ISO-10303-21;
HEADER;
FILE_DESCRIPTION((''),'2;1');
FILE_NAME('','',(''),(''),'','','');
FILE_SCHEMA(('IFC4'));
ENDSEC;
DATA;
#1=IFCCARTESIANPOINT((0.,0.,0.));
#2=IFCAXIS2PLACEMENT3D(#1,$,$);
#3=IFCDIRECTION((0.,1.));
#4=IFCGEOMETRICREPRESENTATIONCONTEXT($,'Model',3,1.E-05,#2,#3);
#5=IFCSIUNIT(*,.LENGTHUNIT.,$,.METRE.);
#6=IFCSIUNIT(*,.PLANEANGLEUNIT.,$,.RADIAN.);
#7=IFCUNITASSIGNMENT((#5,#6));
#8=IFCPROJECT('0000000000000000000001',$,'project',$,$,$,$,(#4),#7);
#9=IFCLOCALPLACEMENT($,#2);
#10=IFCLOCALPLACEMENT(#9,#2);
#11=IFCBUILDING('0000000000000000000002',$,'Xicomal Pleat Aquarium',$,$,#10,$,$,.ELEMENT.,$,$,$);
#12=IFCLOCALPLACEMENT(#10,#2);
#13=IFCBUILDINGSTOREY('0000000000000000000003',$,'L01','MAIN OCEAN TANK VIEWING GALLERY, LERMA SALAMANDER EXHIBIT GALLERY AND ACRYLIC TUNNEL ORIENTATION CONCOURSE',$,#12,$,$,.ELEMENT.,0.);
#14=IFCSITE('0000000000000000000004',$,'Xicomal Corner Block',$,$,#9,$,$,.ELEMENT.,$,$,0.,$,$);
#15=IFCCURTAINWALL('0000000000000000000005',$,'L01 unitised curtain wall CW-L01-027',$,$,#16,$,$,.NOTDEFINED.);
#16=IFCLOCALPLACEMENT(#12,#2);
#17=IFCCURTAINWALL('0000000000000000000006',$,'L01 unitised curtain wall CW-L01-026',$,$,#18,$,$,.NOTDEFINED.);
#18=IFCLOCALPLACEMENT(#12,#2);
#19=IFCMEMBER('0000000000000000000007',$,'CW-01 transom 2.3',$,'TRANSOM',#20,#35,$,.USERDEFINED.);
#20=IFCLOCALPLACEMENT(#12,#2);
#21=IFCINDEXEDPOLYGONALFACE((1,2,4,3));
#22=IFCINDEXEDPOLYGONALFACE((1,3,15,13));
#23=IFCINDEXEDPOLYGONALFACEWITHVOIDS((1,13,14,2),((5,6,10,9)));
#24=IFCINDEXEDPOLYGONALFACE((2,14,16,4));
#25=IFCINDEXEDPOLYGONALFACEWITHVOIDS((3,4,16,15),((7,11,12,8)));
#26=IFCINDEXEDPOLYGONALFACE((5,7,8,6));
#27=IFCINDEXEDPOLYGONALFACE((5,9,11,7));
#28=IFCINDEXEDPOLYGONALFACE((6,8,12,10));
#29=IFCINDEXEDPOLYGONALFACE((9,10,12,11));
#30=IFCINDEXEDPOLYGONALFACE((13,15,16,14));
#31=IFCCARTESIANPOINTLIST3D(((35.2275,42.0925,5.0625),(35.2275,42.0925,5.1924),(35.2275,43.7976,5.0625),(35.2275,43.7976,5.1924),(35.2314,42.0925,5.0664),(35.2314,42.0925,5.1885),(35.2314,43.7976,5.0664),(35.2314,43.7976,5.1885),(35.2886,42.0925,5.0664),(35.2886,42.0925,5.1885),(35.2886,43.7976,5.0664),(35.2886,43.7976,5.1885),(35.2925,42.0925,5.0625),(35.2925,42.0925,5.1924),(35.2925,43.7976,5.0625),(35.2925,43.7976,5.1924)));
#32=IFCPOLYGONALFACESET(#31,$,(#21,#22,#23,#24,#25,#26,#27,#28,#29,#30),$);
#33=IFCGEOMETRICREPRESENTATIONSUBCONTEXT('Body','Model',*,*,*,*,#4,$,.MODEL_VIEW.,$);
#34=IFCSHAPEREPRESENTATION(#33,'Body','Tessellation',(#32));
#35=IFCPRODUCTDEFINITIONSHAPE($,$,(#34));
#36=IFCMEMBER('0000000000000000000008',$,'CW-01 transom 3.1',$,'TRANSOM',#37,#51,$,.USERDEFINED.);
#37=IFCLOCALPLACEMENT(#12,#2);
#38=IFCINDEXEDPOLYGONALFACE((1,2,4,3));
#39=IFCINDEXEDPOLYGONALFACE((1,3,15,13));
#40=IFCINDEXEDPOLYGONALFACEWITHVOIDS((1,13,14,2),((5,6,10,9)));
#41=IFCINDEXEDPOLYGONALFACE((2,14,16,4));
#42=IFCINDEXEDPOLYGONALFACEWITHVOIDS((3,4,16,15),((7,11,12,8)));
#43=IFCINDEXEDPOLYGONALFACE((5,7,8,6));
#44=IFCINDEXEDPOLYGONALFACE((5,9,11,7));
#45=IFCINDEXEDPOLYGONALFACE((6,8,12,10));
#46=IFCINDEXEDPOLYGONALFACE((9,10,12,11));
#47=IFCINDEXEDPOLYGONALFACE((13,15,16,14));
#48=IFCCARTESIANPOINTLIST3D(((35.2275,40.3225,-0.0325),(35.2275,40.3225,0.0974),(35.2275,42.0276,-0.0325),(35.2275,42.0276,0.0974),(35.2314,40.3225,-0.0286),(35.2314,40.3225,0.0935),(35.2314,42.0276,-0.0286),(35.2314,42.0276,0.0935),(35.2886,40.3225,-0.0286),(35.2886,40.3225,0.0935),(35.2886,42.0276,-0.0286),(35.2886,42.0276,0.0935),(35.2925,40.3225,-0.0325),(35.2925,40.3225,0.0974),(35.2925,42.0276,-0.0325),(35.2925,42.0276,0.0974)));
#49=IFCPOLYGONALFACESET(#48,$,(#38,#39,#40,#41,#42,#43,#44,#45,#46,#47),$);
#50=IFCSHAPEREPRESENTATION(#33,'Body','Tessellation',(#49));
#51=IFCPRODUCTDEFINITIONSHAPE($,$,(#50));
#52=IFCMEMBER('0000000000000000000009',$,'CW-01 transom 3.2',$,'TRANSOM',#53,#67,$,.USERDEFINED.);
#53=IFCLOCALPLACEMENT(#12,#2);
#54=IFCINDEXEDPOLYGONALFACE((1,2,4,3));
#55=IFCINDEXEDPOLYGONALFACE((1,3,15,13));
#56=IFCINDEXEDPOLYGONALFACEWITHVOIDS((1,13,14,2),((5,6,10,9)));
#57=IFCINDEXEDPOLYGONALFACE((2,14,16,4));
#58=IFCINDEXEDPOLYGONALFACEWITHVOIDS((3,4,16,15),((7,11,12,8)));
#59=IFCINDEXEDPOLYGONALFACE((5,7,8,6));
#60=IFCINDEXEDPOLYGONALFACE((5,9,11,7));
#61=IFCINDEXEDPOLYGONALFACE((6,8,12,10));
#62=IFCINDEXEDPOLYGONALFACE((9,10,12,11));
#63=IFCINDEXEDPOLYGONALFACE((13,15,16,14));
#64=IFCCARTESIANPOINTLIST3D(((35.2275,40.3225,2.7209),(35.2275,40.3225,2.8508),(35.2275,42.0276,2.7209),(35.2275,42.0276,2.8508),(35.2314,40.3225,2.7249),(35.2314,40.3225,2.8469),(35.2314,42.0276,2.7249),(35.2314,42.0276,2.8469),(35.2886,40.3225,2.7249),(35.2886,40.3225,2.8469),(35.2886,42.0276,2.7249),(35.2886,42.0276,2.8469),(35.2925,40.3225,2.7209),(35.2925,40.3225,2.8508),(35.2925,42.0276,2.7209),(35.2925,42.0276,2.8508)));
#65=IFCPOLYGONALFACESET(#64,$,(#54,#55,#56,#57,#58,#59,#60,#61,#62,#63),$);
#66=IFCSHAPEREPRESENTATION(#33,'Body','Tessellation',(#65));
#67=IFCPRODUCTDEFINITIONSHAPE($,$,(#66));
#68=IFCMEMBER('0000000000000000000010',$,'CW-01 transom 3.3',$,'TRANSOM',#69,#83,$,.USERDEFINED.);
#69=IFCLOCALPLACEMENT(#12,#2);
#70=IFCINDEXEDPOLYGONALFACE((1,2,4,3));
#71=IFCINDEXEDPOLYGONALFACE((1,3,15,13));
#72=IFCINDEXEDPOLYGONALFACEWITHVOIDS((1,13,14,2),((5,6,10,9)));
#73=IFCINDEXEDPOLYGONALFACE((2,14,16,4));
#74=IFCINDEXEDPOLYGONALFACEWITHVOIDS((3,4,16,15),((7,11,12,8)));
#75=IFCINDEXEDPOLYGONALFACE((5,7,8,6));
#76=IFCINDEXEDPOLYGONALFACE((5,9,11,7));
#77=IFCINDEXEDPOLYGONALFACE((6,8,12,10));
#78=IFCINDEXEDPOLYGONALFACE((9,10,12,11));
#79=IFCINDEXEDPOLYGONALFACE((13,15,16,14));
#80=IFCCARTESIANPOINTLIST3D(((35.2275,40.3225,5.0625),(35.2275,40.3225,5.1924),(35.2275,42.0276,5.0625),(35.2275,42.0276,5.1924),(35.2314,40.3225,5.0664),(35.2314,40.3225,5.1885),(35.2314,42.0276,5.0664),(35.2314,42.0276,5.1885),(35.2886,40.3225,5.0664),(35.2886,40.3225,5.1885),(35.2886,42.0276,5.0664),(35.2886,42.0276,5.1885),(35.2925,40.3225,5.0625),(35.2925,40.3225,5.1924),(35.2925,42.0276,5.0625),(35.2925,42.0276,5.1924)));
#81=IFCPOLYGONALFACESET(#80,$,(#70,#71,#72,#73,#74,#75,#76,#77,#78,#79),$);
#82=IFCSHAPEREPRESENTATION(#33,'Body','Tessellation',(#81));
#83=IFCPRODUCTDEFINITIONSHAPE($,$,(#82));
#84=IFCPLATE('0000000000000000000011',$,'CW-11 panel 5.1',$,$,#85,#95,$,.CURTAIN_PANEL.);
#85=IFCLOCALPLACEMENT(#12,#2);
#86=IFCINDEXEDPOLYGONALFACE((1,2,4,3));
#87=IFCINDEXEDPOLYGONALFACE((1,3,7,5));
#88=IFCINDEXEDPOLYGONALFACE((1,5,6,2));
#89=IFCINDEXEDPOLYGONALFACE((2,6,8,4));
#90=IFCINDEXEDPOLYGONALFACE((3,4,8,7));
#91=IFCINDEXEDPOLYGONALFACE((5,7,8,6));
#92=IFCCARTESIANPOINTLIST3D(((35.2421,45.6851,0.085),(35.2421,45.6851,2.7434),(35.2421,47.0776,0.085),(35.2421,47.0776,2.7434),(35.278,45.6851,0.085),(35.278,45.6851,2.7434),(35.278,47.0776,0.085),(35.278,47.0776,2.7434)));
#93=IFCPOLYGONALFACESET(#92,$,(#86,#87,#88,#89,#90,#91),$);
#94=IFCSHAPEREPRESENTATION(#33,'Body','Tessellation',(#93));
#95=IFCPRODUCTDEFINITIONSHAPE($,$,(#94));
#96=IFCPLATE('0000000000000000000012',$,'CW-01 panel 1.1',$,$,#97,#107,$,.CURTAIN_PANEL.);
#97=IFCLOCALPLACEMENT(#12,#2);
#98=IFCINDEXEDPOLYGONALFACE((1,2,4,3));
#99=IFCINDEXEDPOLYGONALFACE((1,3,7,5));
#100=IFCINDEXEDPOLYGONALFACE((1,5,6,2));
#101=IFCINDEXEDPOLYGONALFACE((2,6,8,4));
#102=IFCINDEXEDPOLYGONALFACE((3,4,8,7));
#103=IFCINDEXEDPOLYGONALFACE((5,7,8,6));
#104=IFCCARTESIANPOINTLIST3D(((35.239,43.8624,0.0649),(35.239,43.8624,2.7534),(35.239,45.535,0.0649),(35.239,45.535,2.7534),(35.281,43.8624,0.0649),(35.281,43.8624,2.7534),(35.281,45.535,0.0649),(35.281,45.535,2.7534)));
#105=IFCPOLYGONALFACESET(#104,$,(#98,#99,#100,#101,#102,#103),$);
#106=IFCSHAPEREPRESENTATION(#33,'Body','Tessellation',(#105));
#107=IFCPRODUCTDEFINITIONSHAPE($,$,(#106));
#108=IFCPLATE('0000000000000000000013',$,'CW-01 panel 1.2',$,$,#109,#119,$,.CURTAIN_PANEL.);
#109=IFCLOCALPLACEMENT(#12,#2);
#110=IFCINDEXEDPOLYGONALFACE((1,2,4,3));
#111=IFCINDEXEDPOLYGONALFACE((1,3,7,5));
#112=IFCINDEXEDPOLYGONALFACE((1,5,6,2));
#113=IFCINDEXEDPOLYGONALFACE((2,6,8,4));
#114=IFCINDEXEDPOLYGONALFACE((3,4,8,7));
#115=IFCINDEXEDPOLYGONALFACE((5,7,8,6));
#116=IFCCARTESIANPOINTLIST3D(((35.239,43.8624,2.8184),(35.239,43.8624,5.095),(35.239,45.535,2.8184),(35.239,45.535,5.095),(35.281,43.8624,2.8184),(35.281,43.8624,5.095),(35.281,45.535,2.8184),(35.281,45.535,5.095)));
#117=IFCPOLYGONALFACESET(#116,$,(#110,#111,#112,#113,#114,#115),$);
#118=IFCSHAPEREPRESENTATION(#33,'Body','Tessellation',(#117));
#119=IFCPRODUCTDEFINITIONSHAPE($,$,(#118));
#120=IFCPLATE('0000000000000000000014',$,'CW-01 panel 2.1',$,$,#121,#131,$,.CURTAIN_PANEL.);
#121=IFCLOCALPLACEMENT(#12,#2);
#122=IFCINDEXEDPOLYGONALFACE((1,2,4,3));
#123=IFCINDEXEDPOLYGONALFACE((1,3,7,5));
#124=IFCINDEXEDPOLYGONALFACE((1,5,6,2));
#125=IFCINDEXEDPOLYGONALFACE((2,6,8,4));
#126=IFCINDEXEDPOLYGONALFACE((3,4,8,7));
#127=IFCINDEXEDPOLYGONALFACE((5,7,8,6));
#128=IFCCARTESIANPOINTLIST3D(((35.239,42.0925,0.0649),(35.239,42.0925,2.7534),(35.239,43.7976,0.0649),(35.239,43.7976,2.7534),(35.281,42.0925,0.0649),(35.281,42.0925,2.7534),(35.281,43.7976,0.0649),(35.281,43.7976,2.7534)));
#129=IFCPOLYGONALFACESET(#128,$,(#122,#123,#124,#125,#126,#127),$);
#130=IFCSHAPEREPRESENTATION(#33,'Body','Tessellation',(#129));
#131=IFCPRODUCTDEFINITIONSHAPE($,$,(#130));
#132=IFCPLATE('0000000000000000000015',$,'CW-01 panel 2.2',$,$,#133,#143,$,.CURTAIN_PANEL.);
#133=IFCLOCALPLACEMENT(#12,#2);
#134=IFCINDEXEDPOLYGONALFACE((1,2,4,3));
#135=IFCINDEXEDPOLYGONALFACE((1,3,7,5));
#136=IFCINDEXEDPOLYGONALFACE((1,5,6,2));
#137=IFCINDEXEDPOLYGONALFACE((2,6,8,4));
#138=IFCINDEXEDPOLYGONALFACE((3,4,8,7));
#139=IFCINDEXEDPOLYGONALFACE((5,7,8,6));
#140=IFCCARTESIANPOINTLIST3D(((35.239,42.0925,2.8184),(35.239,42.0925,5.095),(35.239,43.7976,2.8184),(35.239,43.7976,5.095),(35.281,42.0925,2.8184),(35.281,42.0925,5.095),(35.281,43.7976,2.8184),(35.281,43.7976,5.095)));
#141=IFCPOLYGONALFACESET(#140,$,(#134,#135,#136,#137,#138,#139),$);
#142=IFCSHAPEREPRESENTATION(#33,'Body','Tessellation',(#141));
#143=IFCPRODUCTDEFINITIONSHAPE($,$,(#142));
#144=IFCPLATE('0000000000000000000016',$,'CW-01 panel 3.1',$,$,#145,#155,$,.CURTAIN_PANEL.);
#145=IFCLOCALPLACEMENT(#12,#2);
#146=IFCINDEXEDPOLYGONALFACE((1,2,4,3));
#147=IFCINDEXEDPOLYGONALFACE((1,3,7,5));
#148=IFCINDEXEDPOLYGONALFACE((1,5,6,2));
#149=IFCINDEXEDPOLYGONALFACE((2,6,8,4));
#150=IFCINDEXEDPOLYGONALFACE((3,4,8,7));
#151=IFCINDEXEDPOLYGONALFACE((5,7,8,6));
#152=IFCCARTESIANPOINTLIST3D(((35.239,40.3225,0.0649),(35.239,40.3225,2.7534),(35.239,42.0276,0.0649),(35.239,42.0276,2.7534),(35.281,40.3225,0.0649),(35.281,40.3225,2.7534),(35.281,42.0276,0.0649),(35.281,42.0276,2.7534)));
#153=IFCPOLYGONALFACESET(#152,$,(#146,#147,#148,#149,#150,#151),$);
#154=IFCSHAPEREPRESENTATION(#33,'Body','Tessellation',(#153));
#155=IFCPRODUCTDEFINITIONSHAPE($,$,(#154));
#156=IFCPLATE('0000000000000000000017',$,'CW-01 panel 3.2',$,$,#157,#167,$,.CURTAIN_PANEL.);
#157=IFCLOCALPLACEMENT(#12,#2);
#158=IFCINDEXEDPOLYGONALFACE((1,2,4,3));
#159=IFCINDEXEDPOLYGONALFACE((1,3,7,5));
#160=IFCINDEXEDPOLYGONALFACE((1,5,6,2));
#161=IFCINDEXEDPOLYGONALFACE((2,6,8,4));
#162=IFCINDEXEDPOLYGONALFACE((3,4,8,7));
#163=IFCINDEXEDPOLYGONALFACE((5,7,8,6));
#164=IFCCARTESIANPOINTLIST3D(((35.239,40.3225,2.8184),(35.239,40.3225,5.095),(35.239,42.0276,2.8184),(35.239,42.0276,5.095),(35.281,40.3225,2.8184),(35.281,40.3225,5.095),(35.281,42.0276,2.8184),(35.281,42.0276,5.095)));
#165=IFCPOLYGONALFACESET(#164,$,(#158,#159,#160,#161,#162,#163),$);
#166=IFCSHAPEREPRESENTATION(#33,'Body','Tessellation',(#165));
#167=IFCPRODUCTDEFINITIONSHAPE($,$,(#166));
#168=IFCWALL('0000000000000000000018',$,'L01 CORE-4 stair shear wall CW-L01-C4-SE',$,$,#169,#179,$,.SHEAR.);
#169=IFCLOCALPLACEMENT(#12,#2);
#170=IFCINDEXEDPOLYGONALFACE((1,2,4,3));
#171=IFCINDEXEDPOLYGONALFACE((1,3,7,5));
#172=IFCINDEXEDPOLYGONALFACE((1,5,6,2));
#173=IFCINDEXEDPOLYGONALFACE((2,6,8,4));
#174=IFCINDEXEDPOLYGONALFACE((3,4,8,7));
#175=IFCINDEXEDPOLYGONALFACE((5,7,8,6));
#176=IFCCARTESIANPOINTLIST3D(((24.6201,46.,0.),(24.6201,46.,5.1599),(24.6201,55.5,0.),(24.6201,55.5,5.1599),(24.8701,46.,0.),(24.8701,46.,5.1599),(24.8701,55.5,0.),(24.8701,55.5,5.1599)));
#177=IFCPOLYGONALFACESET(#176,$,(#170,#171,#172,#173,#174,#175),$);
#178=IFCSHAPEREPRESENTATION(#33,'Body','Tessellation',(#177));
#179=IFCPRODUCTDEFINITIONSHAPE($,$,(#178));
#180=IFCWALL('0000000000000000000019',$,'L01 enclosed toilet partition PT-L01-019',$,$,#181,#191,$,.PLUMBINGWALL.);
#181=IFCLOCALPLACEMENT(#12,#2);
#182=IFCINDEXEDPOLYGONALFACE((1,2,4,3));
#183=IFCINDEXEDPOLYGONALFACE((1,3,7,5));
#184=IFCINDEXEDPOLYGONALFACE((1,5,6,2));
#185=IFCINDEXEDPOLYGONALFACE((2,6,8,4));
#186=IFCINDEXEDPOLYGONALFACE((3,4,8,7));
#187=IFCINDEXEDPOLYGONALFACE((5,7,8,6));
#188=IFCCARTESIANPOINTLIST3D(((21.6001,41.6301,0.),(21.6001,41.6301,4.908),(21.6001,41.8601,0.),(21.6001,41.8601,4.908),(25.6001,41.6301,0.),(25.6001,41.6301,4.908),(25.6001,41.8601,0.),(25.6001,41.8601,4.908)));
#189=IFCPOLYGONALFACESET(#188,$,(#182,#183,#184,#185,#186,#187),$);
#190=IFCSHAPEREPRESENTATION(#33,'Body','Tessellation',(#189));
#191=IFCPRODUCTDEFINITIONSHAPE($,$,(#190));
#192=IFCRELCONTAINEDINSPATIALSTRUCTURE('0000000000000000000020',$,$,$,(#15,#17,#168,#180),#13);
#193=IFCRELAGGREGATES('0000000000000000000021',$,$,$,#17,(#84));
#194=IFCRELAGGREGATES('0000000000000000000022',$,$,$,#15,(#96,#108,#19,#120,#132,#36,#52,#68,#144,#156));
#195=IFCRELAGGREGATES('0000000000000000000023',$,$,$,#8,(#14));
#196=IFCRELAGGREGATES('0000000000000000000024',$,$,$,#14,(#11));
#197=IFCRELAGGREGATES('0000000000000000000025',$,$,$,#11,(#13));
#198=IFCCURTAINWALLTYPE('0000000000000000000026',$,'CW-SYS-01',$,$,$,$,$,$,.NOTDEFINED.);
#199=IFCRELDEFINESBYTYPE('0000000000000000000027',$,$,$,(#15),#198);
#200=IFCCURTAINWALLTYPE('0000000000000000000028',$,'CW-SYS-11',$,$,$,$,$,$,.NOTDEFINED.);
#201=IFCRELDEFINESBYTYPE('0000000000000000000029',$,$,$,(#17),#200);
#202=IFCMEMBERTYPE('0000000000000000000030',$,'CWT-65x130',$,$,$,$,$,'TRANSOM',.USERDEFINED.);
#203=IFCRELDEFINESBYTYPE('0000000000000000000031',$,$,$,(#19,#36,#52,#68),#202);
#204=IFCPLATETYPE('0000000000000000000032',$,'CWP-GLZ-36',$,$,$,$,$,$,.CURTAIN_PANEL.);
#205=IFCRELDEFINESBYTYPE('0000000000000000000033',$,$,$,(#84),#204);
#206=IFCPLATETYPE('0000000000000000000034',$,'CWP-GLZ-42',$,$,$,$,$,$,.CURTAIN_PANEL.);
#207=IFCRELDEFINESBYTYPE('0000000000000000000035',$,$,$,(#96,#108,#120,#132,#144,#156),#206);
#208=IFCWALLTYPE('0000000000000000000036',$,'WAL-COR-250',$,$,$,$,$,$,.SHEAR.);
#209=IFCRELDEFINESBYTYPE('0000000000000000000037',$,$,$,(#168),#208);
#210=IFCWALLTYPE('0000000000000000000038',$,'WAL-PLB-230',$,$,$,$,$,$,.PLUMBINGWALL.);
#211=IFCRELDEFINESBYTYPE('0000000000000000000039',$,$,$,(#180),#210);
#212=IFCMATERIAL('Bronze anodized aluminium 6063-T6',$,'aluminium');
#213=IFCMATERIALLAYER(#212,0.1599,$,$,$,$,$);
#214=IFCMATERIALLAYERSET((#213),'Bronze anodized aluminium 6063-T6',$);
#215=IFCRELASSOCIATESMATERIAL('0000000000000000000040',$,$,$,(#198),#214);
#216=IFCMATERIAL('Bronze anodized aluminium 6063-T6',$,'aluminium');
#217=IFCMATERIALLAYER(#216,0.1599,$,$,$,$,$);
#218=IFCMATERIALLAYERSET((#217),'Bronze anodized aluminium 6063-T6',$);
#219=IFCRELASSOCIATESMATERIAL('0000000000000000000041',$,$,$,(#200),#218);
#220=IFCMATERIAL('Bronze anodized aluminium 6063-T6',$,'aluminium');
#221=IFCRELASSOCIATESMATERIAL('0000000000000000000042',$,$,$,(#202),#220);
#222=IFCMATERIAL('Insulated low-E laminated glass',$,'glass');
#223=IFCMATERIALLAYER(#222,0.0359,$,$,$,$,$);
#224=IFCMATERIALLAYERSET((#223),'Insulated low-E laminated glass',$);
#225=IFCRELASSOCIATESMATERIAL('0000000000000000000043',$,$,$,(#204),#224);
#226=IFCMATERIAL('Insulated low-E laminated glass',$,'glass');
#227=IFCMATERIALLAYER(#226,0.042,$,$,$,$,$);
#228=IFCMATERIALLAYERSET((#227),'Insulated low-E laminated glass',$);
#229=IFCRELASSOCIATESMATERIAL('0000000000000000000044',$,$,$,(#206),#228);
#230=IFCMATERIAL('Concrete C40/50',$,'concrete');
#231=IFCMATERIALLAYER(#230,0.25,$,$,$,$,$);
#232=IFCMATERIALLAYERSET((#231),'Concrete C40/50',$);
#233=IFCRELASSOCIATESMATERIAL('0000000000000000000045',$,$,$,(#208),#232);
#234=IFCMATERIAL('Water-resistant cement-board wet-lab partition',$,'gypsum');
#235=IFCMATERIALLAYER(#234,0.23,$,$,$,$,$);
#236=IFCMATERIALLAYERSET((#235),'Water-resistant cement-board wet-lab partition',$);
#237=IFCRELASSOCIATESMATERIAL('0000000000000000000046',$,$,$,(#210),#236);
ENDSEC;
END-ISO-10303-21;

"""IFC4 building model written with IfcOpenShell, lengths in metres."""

from ifc_helpers import new_model, si_unit, direction, frame, frame_2d, origin, origin_2d, place, context, subcontext, project, spatial, rectangle, hollow_rectangle, extrude, material, layer, layer_set, material_profile, profile_set, type_object, element, aggregate, save


model = new_model("IFC4")

# Units and contexts
model_context = context("Model", 3, precision=1e-05, world=origin(), true_north=direction((0.0, 1.0)))
body_context = subcontext(model_context, "Body", "Model", "MODEL_VIEW")
ifc_project = project(units=[si_unit("LENGTHUNIT", "METRE"), si_unit("PLANEANGLEUNIT", "RADIAN")], contexts=[model_context])

# Site, building, storey
site_placement = place(None, origin())
site = spatial("IfcSite", under=ifc_project, at=site_placement, Name="Xicomal Corner Block", CompositionType="ELEMENT", RefElevation=0.0)
building_placement = place(site_placement, origin())
building = spatial("IfcBuilding", under=site, at=building_placement, Name="Xicomal Pleat Aquarium", CompositionType="ELEMENT")
storey_placement = place(building_placement, origin())
storey = spatial("IfcBuildingStorey", under=building, at=storey_placement, Name="L01", Description="MAIN OCEAN TANK VIEWING GALLERY, LERMA SALAMANDER EXHIBIT GALLERY AND ACRYLIC TUNNEL ORIENTATION CONCOURSE", CompositionType="ELEMENT", Elevation=0.0)

# Curtain wall
ifc_material_1 = material(Name="Bronze anodized aluminium 6063-T6", Category="aluminium")
ifc_layer_1 = layer(ifc_material_1, 0.1599)
ifc_layer_set_1 = layer_set([ifc_layer_1], Name="Bronze anodized aluminium 6063-T6")
curtain_wall_type_1 = type_object("IfcCurtainWallType", Name="CW-SYS-01", PredefinedType="NOTDEFINED", material=ifc_layer_set_1)
curtain_wall_1_placement = place(storey_placement, origin())
curtain_wall_1 = element("IfcCurtainWall", 1, at=curtain_wall_1_placement, inside=storey, type_object=curtain_wall_type_1, Name="L01 unitised curtain wall CW-L01-027", PredefinedType="NOTDEFINED")

# Curtain wall
ifc_material_2 = material(Name="Bronze anodized aluminium 6063-T6", Category="aluminium")
ifc_layer_2 = layer(ifc_material_2, 0.1599)
ifc_layer_set_2 = layer_set([ifc_layer_2], Name="Bronze anodized aluminium 6063-T6")
curtain_wall_type_2 = type_object("IfcCurtainWallType", Name="CW-SYS-11", PredefinedType="NOTDEFINED", material=ifc_layer_set_2)
curtain_wall_2_placement = place(storey_placement, origin())
curtain_wall_2 = element("IfcCurtainWall", 2, at=curtain_wall_2_placement, inside=storey, type_object=curtain_wall_type_2, Name="L01 unitised curtain wall CW-L01-026", PredefinedType="NOTDEFINED")

# Members
ifc_material_3 = material(Name="Bronze anodized aluminium 6063-T6", Category="aluminium")
ifc_material_profile_1 = material_profile(ifc_material_3, hollow_rectangle(XDim=0.0649, YDim=0.1299, WallThickness=0.0039, at=origin_2d()), Name="ALU TRAN 65x130")
ifc_profile_set_1 = profile_set([ifc_material_profile_1], Name="Bronze anodized aluminium 6063-T6")
member_type_1 = type_object("IfcMemberType", Name="CWT-65x130", ElementType="TRANSOM", PredefinedType="USERDEFINED", material=ifc_profile_set_1)
member_1_placement = place(storey_placement, frame((35.26, 43.7976, 5.1274), z_axis=(0.0, -1.0, 0.0), x_axis=(1.0, 0.0, 0.0)))
member_1 = element("IfcMember", 3, at=member_1_placement, type_object=member_type_1, Name="CW-01 transom 2.3", ObjectType="TRANSOM", PredefinedType="USERDEFINED", context=body_context, shape_type="SweptSolid", body=[
    extrude(hollow_rectangle(XDim=0.0649, YDim=0.1299, WallThickness=0.0039, at=origin_2d()), origin(), (0.0, 0.0, 1.0), 1.7051),
])
member_2_placement = place(storey_placement, frame((35.26, 42.0276, 0.0325), z_axis=(0.0, -1.0, 0.0), x_axis=(1.0, 0.0, 0.0)))
member_2 = element("IfcMember", 4, at=member_2_placement, type_object=member_type_1, Name="CW-01 transom 3.1", ObjectType="TRANSOM", PredefinedType="USERDEFINED", context=body_context, shape_type="SweptSolid", body=[
    extrude(hollow_rectangle(XDim=0.0649, YDim=0.1299, WallThickness=0.0039, at=origin_2d()), origin(), (0.0, 0.0, 1.0), 1.7051),
])
member_3_placement = place(storey_placement, frame((35.26, 42.0276, 2.7859), z_axis=(0.0, -1.0, 0.0), x_axis=(1.0, 0.0, 0.0)))
member_3 = element("IfcMember", 5, at=member_3_placement, type_object=member_type_1, Name="CW-01 transom 3.2", ObjectType="TRANSOM", PredefinedType="USERDEFINED", context=body_context, shape_type="SweptSolid", body=[
    extrude(hollow_rectangle(XDim=0.0649, YDim=0.1299, WallThickness=0.0039, at=origin_2d()), origin(), (0.0, 0.0, 1.0), 1.7051),
])
member_4_placement = place(storey_placement, frame((35.26, 42.0276, 5.1274), z_axis=(0.0, -1.0, 0.0), x_axis=(1.0, 0.0, 0.0)))
member_4 = element("IfcMember", 6, at=member_4_placement, type_object=member_type_1, Name="CW-01 transom 3.3", ObjectType="TRANSOM", PredefinedType="USERDEFINED", context=body_context, shape_type="SweptSolid", body=[
    extrude(hollow_rectangle(XDim=0.0649, YDim=0.1299, WallThickness=0.0039, at=origin_2d()), origin(), (0.0, 0.0, 1.0), 1.7051),
])

# Plates
ifc_material_4 = material(Name="Insulated low-E laminated glass", Category="glass")
ifc_layer_3 = layer(ifc_material_4, 0.0359)
ifc_layer_set_3 = layer_set([ifc_layer_3], Name="Insulated low-E laminated glass")
plate_type_1 = type_object("IfcPlateType", Name="CWP-GLZ-36", PredefinedType="CURTAIN_PANEL", material=ifc_layer_set_3)
plate_1_placement = place(storey_placement, frame((35.26, 46.3813, 0.085), z_axis=(0.0, 0.0, 1.0), x_axis=(0.0, -1.0, 0.0)))
plate_1 = element("IfcPlate", 7, at=plate_1_placement, type_object=plate_type_1, Name="CW-11 panel 5.1", PredefinedType="CURTAIN_PANEL", context=body_context, shape_type="SweptSolid", body=[
    extrude(rectangle(XDim=1.3926, YDim=0.0359, at=origin_2d()), origin(), (0.0, 0.0, 1.0), 2.6584),
])
aggregate(curtain_wall_2, [plate_1])
ifc_material_5 = material(Name="Insulated low-E laminated glass", Category="glass")
ifc_layer_4 = layer(ifc_material_5, 0.042)
ifc_layer_set_4 = layer_set([ifc_layer_4], Name="Insulated low-E laminated glass")
plate_type_2 = type_object("IfcPlateType", Name="CWP-GLZ-42", PredefinedType="CURTAIN_PANEL", material=ifc_layer_set_4)
plate_2_placement = place(storey_placement, frame((35.26, 44.6987, 0.0649), z_axis=(0.0, 0.0, 1.0), x_axis=(0.0, -1.0, 0.0)))
plate_2 = element("IfcPlate", 8, at=plate_2_placement, type_object=plate_type_2, Name="CW-01 panel 1.1", PredefinedType="CURTAIN_PANEL", context=body_context, shape_type="SweptSolid", body=[
    extrude(rectangle(XDim=1.6726, YDim=0.042, at=origin_2d()), origin(), (0.0, 0.0, 1.0), 2.6885),
])
plate_3_placement = place(storey_placement, frame((35.26, 44.6987, 2.8184), z_axis=(0.0, 0.0, 1.0), x_axis=(0.0, -1.0, 0.0)))
plate_3 = element("IfcPlate", 9, at=plate_3_placement, type_object=plate_type_2, Name="CW-01 panel 1.2", PredefinedType="CURTAIN_PANEL", context=body_context, shape_type="SweptSolid", body=[
    extrude(rectangle(XDim=1.6726, YDim=0.042, at=origin_2d()), origin(), (0.0, 0.0, 1.0), 2.2766),
])
plate_4_placement = place(storey_placement, frame((35.26, 42.9451, 0.0649), z_axis=(0.0, 0.0, 1.0), x_axis=(0.0, -1.0, 0.0)))
plate_4 = element("IfcPlate", 10, at=plate_4_placement, type_object=plate_type_2, Name="CW-01 panel 2.1", PredefinedType="CURTAIN_PANEL", context=body_context, shape_type="SweptSolid", body=[
    extrude(rectangle(XDim=1.7051, YDim=0.042, at=origin_2d()), origin(), (0.0, 0.0, 1.0), 2.6885),
])
plate_5_placement = place(storey_placement, frame((35.26, 42.9451, 2.8184), z_axis=(0.0, 0.0, 1.0), x_axis=(0.0, -1.0, 0.0)))
plate_5 = element("IfcPlate", 11, at=plate_5_placement, type_object=plate_type_2, Name="CW-01 panel 2.2", PredefinedType="CURTAIN_PANEL", context=body_context, shape_type="SweptSolid", body=[
    extrude(rectangle(XDim=1.7051, YDim=0.042, at=origin_2d()), origin(), (0.0, 0.0, 1.0), 2.2766),
])
plate_6_placement = place(storey_placement, frame((35.26, 41.175, 0.0649), z_axis=(0.0, 0.0, 1.0), x_axis=(0.0, -1.0, 0.0)))
plate_6 = element("IfcPlate", 12, at=plate_6_placement, type_object=plate_type_2, Name="CW-01 panel 3.1", PredefinedType="CURTAIN_PANEL", context=body_context, shape_type="SweptSolid", body=[
    extrude(rectangle(XDim=1.7051, YDim=0.042, at=origin_2d()), origin(), (0.0, 0.0, 1.0), 2.6885),
])
plate_7_placement = place(storey_placement, frame((35.26, 41.175, 2.8184), z_axis=(0.0, 0.0, 1.0), x_axis=(0.0, -1.0, 0.0)))
plate_7 = element("IfcPlate", 13, at=plate_7_placement, type_object=plate_type_2, Name="CW-01 panel 3.2", PredefinedType="CURTAIN_PANEL", context=body_context, shape_type="SweptSolid", body=[
    extrude(rectangle(XDim=1.7051, YDim=0.042, at=origin_2d()), origin(), (0.0, 0.0, 1.0), 2.2766),
])
aggregate(curtain_wall_1, [plate_2, plate_3, member_1, plate_4, plate_5, member_2, member_3, member_4, plate_6, plate_7])

# Walls
ifc_material_6 = material(Name="Concrete C40/50", Category="concrete")
ifc_layer_5 = layer(ifc_material_6, 0.25)
ifc_layer_set_5 = layer_set([ifc_layer_5], Name="Concrete C40/50")
wall_type_1 = type_object("IfcWallType", Name="WAL-COR-250", PredefinedType="SHEAR", material=ifc_layer_set_5)
wall_1_placement = place(storey_placement, frame((24.7451, 46.0, 0.0), z_axis=(0.0, 0.0, 1.0), x_axis=(0.0, 1.0, 0.0)))
element("IfcWall", 14, at=wall_1_placement, inside=storey, type_object=wall_type_1, Name="L01 CORE-4 stair shear wall CW-L01-C4-SE", PredefinedType="SHEAR", context=body_context, shape_type="SweptSolid", body=[
    extrude(rectangle(XDim=9.5, YDim=0.25, at=frame_2d((4.75, 0.0))), origin(), (0.0, 0.0, 1.0), 5.1599),
])
ifc_material_7 = material(Name="Water-resistant cement-board wet-lab partition", Category="gypsum")
ifc_layer_6 = layer(ifc_material_7, 0.23)
ifc_layer_set_6 = layer_set([ifc_layer_6], Name="Water-resistant cement-board wet-lab partition")
wall_type_2 = type_object("IfcWallType", Name="WAL-PLB-230", PredefinedType="PLUMBINGWALL", material=ifc_layer_set_6)
wall_2_placement = place(storey_placement, frame((21.6001, 41.7451, 0.0), z_axis=(0.0, 0.0, 1.0), x_axis=(1.0, 0.0, 0.0)))
element("IfcWall", 15, at=wall_2_placement, inside=storey, type_object=wall_type_2, Name="L01 enclosed toilet partition PT-L01-019", PredefinedType="PLUMBINGWALL", context=body_context, shape_type="SweptSolid", body=[
    extrude(rectangle(XDim=4.0, YDim=0.23, at=frame_2d((2.0, 0.0))), origin(), (0.0, 0.0, 1.0), 4.908),
])

save(model, "model.ifc")
